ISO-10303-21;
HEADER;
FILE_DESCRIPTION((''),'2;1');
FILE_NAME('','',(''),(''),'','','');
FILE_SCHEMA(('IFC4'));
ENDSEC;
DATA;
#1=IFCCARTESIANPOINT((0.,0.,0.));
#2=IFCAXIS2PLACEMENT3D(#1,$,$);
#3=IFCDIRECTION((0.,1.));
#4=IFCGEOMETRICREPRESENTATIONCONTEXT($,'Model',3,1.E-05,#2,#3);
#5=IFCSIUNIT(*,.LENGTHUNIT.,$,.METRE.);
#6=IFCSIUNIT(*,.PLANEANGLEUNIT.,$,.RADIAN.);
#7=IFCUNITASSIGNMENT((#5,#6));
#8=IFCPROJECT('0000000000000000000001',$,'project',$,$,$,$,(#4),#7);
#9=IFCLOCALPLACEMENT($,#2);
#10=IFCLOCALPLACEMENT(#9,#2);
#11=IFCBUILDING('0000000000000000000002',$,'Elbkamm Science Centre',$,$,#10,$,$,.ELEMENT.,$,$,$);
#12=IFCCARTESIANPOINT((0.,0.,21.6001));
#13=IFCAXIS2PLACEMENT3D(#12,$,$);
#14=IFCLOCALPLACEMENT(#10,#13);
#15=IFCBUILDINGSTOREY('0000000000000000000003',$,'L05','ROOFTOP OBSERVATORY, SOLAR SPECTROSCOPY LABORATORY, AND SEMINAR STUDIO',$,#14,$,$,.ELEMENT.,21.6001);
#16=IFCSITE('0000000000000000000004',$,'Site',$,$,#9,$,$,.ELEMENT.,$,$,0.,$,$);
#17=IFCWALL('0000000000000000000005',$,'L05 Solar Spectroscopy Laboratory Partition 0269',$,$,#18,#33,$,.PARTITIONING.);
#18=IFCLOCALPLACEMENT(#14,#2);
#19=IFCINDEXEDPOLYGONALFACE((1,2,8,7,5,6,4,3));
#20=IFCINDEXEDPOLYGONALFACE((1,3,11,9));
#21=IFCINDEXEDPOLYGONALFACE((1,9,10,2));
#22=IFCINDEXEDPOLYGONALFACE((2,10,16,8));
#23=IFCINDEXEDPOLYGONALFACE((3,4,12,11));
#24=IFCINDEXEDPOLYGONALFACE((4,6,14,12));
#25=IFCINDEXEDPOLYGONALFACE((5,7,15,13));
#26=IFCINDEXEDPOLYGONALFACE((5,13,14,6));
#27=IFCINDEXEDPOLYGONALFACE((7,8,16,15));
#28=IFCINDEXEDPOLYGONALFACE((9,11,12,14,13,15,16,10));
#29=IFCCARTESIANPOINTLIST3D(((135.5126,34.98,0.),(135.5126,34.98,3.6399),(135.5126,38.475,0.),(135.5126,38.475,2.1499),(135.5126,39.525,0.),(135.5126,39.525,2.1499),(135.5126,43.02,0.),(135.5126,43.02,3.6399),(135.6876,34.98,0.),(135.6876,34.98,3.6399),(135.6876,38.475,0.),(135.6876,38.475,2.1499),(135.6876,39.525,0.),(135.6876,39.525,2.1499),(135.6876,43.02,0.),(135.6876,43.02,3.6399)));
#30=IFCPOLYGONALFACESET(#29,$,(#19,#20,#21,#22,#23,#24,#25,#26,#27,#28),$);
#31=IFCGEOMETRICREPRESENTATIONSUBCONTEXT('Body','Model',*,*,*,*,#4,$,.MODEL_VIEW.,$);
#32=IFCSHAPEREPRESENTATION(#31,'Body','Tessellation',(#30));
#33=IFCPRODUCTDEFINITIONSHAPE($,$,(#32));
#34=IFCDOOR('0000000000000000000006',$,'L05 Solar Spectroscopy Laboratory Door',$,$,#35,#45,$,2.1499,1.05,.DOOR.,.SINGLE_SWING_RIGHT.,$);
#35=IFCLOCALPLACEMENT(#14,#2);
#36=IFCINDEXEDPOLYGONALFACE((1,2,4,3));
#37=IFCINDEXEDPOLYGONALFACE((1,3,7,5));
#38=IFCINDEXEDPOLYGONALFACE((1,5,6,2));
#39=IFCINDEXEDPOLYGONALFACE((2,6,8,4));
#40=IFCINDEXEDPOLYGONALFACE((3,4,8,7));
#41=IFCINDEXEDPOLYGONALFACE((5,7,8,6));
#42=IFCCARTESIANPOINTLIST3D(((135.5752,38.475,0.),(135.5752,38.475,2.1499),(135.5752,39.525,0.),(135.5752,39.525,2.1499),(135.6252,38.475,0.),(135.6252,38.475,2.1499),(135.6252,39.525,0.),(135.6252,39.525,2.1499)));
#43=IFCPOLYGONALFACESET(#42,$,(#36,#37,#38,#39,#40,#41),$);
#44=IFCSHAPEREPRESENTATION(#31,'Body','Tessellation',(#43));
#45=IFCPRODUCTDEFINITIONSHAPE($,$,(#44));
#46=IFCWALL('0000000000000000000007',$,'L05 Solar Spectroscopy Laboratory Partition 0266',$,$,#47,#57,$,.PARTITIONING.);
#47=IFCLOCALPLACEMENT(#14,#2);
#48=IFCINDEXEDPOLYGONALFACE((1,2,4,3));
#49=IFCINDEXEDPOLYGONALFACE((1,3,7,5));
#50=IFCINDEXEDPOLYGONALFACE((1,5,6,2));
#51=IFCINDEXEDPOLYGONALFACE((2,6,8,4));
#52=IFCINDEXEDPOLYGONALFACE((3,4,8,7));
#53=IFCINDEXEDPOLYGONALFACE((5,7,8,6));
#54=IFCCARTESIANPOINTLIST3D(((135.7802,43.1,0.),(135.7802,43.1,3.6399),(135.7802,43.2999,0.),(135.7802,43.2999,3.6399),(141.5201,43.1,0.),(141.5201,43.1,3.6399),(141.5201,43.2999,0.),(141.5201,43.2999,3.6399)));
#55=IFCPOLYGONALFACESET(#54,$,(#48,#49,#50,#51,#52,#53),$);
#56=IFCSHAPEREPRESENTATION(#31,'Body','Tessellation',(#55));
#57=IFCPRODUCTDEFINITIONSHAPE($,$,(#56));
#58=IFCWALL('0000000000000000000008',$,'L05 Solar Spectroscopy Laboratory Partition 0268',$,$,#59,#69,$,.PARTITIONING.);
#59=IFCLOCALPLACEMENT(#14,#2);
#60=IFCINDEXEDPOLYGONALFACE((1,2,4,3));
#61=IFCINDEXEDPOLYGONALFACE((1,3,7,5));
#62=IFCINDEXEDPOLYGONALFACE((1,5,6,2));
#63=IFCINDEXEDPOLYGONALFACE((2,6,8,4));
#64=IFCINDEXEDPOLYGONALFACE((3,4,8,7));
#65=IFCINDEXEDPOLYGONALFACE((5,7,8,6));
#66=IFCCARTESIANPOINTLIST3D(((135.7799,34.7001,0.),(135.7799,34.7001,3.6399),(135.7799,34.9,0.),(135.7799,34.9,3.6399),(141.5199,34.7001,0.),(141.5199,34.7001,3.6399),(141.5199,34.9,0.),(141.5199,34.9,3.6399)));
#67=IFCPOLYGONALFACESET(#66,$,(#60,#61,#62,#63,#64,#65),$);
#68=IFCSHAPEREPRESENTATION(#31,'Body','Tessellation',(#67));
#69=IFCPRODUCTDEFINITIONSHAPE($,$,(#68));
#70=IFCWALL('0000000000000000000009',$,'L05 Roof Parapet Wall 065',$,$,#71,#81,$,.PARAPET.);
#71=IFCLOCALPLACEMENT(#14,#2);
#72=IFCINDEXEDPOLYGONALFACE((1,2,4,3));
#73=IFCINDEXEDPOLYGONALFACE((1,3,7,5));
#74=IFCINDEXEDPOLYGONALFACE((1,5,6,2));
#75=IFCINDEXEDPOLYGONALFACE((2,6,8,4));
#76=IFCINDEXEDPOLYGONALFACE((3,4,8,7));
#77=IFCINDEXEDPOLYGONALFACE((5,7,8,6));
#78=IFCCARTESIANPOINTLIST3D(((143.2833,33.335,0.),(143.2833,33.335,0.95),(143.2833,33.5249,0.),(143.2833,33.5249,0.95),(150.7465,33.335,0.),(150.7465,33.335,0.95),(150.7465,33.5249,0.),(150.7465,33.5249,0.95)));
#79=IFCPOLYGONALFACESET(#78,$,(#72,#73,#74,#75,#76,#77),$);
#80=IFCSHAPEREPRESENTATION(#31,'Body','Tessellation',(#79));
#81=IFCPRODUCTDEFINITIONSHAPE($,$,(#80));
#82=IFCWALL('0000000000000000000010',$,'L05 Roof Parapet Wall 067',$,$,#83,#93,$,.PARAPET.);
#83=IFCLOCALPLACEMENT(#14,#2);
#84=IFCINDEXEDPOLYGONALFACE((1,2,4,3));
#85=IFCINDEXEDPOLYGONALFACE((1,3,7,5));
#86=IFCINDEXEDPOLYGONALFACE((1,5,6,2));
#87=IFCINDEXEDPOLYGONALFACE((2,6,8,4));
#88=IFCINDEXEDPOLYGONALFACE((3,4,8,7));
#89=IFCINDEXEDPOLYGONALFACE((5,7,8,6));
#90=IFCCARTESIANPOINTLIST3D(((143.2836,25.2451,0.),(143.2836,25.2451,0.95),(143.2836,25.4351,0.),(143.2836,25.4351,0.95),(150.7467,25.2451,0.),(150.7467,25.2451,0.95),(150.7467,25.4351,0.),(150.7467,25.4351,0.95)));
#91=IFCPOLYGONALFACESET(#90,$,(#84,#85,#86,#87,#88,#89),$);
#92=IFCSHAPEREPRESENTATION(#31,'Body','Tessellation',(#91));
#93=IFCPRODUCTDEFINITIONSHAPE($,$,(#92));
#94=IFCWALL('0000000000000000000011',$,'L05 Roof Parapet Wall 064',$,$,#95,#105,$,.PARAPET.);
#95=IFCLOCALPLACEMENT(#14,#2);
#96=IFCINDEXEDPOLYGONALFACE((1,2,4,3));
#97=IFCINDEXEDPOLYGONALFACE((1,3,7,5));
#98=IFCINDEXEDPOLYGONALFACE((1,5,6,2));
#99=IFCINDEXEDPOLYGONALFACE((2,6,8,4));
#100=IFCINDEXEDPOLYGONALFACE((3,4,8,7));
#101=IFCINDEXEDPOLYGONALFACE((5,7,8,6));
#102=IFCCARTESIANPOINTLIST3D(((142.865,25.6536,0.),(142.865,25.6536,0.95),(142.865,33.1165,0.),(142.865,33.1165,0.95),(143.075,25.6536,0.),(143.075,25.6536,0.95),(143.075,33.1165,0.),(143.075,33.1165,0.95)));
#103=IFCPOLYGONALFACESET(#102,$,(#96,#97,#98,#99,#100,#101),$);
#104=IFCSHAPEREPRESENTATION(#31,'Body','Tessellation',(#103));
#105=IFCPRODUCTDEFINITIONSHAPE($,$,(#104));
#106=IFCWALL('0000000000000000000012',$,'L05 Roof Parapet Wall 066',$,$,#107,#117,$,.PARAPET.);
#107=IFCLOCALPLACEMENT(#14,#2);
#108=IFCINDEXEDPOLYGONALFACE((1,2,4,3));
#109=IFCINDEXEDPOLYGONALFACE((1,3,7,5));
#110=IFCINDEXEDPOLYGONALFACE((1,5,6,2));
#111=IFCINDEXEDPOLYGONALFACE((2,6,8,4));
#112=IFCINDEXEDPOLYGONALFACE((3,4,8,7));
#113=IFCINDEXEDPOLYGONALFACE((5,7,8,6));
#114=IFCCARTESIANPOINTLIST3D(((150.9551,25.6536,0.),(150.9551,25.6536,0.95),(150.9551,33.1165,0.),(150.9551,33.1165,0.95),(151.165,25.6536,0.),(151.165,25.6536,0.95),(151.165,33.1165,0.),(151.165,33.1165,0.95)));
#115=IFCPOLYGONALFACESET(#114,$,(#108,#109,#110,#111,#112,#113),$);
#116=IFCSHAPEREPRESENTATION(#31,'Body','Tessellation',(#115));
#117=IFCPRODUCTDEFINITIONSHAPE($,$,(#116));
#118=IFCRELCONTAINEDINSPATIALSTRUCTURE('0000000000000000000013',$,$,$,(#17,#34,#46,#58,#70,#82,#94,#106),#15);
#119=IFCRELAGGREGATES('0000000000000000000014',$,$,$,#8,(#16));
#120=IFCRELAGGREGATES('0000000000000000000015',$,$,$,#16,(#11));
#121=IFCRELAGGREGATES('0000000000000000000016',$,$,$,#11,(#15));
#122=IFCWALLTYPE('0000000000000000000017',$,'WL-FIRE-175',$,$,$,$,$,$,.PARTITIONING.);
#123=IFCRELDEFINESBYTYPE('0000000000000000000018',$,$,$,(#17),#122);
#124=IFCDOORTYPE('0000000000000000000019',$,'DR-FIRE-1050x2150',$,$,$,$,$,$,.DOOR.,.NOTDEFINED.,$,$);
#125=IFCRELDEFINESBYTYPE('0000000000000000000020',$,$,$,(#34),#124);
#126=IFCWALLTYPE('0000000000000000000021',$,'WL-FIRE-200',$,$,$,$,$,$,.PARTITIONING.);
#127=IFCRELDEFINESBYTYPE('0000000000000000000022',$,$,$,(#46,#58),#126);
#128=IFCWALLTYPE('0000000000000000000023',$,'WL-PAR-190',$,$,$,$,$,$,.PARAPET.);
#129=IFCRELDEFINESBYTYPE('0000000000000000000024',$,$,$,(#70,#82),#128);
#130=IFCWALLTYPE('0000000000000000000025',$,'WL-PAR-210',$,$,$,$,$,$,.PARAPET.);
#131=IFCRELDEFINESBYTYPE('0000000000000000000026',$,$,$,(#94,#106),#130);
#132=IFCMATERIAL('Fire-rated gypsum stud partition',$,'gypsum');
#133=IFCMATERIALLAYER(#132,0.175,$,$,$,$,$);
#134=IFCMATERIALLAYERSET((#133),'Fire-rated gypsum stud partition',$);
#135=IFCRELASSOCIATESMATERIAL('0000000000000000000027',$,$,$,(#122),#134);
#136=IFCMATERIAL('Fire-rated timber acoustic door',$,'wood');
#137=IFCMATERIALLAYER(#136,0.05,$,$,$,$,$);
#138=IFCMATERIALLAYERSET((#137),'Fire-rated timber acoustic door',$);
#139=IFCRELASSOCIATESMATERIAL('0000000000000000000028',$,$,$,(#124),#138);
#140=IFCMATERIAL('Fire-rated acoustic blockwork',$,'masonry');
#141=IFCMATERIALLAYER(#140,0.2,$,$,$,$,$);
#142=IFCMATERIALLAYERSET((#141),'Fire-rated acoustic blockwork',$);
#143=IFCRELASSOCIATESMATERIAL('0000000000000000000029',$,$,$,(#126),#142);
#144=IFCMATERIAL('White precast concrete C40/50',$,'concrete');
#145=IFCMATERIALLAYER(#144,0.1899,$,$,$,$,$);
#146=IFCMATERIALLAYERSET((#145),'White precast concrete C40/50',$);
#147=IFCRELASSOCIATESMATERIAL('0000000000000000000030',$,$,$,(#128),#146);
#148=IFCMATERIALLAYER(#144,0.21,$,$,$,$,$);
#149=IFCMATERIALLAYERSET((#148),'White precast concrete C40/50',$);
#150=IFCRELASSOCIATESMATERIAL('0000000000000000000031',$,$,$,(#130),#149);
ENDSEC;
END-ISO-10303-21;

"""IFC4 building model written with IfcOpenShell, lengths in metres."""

from ifc_helpers import new_model, si_unit, direction, frame, frame_2d, origin, place, context, subcontext, project, spatial, rectangle, extrude, material, layer, layer_set, type_object, element, fill, save


model = new_model("IFC4")

# Units and contexts
model_context = context("Model", 3, precision=1e-05, world=origin(), true_north=direction((0.0, 1.0)))
body_context = subcontext(model_context, "Body", "Model", "MODEL_VIEW")
ifc_project = project(units=[si_unit("LENGTHUNIT", "METRE"), si_unit("PLANEANGLEUNIT", "RADIAN")], contexts=[model_context])

# Site, building, storey
site_placement = place(None, origin())
site = spatial("IfcSite", under=ifc_project, at=site_placement, Name="Site", CompositionType="ELEMENT", RefElevation=0.0)
building_placement = place(site_placement, origin())
building = spatial("IfcBuilding", under=site, at=building_placement, Name="Elbkamm Science Centre", CompositionType="ELEMENT")
storey_placement = place(building_placement, frame((0.0, 0.0, 21.6001)))
storey = spatial("IfcBuildingStorey", under=building, at=storey_placement, Name="L05", Description="ROOFTOP OBSERVATORY, SOLAR SPECTROSCOPY LABORATORY, AND SEMINAR STUDIO", CompositionType="ELEMENT", Elevation=21.6001)

# Shared definitions
ifc_material_1 = material(Name="White precast concrete C40/50", Category="concrete")

# Shared definitions
ifc_material_2 = material(Name="Fire-rated gypsum stud partition", Category="gypsum")
ifc_layer_1 = layer(ifc_material_2, 0.175)
ifc_layer_set_1 = layer_set([ifc_layer_1], Name="Fire-rated gypsum stud partition")
wall_type_1 = type_object("IfcWallType", Name="WL-FIRE-175", PredefinedType="PARTITIONING", material=ifc_layer_set_1)

# Wall, opening, door
wall_1_placement = place(storey_placement, frame((135.6001, 34.98, 0.0), z_axis=(0.0, 0.0, 1.0), x_axis=(0.0, 1.0, 0.0)))
wall_1 = element("IfcWall", 1, at=wall_1_placement, inside=storey, type_object=wall_type_1, Name="L05 Solar Spectroscopy Laboratory Partition 0269", PredefinedType="PARTITIONING", context=body_context, shape_type="SweptSolid", body=[
    extrude(rectangle(XDim=8.04, YDim=0.175, at=frame_2d((4.02, 0.0))), origin(), (0.0, 0.0, 1.0), 3.6399),
])
opening_1_placement = place(wall_1_placement, frame((3.4951, 0.0, 0.0)))
opening_1 = element("IfcOpeningElement", 2, at=opening_1_placement, cuts=wall_1, PredefinedType="OPENING", context=body_context, shape_type="SweptSolid", body=[
    extrude(rectangle(XDim=1.05, YDim=2.1499, at=frame_2d((0.5249, 1.075))), frame((0.0, 0.0996, 0.0), z_axis=(0.0, -1.0, 0.0), x_axis=(1.0, 0.0, 0.0)), (0.0, 0.0, 1.0), 0.199),
])
ifc_material_3 = material(Name="Fire-rated timber acoustic door", Category="wood")
ifc_layer_2 = layer(ifc_material_3, 0.05)
ifc_layer_set_2 = layer_set([ifc_layer_2], Name="Fire-rated timber acoustic door")
door_type_1 = type_object("IfcDoorType", Name="DR-FIRE-1050x2150", OperationType="NOTDEFINED", PredefinedType="DOOR", material=ifc_layer_set_2)
door_1_placement = place(opening_1_placement, origin())
door_1 = element("IfcDoor", 3, at=door_1_placement, inside=storey, type_object=door_type_1, Name="L05 Solar Spectroscopy Laboratory Door", OperationType="SINGLE_SWING_RIGHT", OverallHeight=2.1499, OverallWidth=1.05, PredefinedType="DOOR", context=body_context, shape_type="SweptSolid", body=[
    extrude(rectangle(XDim=1.05, YDim=2.1499, at=frame_2d((0.5249, 1.075))), frame((0.0, 0.0249, 0.0), z_axis=(0.0, -1.0, 0.0), x_axis=(1.0, 0.0, 0.0)), (0.0, 0.0, 1.0), 0.05),
])
fill(opening_1, door_1)

# Walls
ifc_material_4 = material(Name="Fire-rated acoustic blockwork", Category="masonry")
ifc_layer_3 = layer(ifc_material_4, 0.2)
ifc_layer_set_3 = layer_set([ifc_layer_3], Name="Fire-rated acoustic blockwork")
wall_type_2 = type_object("IfcWallType", Name="WL-FIRE-200", PredefinedType="PARTITIONING", material=ifc_layer_set_3)
for number, where, z_axis, x_axis, name in (
    (4, (135.78, 43.2, 0.0), (0.0, 0.0, 1.0), (1.0, 0.0, 0.0), "L05 Solar Spectroscopy Laboratory Partition 0266"),
    (5, (141.52, 34.8, 0.0), (0.0, 0.0, 1.0), (-1.0, 0.0, 0.0), "L05 Solar Spectroscopy Laboratory Partition 0268"),
):
    element("IfcWall", number, at=place(storey_placement, frame(where, z_axis=z_axis, x_axis=x_axis)), inside=storey, type_object=wall_type_2, Name=name, PredefinedType="PARTITIONING", context=body_context, shape_type="SweptSolid", body=[
        extrude(rectangle(XDim=5.74, YDim=0.2, at=frame_2d((2.8701, 0.0))), origin(), (0.0, 0.0, 1.0), 3.6399),
    ])
ifc_layer_4 = layer(ifc_material_1, 0.1899)
ifc_layer_set_4 = layer_set([ifc_layer_4], Name="White precast concrete C40/50")
wall_type_3 = type_object("IfcWallType", Name="WL-PAR-190", PredefinedType="PARAPET", material=ifc_layer_set_4)
for number, where, z_axis, x_axis, name in (
    (6, (143.2834, 33.4299, 0.0), (0.0, 0.0, 1.0), (1.0, 0.0, 0.0), "L05 Roof Parapet Wall 065"),
    (7, (150.7466, 25.3401, 0.0), (0.0, 0.0, 1.0), (-1.0, 0.0, 0.0), "L05 Roof Parapet Wall 067"),
):
    element("IfcWall", number, at=place(storey_placement, frame(where, z_axis=z_axis, x_axis=x_axis)), inside=storey, type_object=wall_type_3, Name=name, PredefinedType="PARAPET", context=body_context, shape_type="SweptSolid", body=[
        extrude(rectangle(XDim=7.4631, YDim=0.1899, at=frame_2d((3.7314, 0.0))), origin(), (0.0, 0.0, 1.0), 0.95),
    ])
ifc_layer_5 = layer(ifc_material_1, 0.21)
ifc_layer_set_5 = layer_set([ifc_layer_5], Name="White precast concrete C40/50")
wall_type_4 = type_object("IfcWallType", Name="WL-PAR-210", PredefinedType="PARAPET", material=ifc_layer_set_5)
for number, where, z_axis, x_axis, name in (
    (8, (142.97, 25.6536, 0.0), (0.0, 0.0, 1.0), (0.0, 1.0, 0.0), "L05 Roof Parapet Wall 064"),
    (9, (151.0601, 33.1165, 0.0), (0.0, 0.0, 1.0), (0.0, -1.0, 0.0), "L05 Roof Parapet Wall 066"),
):
    element("IfcWall", number, at=place(storey_placement, frame(where, z_axis=z_axis, x_axis=x_axis)), inside=storey, type_object=wall_type_4, Name=name, PredefinedType="PARAPET", context=body_context, shape_type="SweptSolid", body=[
        extrude(rectangle(XDim=7.4629, YDim=0.21, at=frame_2d((3.7314, 0.0))), origin(), (0.0, 0.0, 1.0), 0.95),
    ])

save(model, "model.ifc")
